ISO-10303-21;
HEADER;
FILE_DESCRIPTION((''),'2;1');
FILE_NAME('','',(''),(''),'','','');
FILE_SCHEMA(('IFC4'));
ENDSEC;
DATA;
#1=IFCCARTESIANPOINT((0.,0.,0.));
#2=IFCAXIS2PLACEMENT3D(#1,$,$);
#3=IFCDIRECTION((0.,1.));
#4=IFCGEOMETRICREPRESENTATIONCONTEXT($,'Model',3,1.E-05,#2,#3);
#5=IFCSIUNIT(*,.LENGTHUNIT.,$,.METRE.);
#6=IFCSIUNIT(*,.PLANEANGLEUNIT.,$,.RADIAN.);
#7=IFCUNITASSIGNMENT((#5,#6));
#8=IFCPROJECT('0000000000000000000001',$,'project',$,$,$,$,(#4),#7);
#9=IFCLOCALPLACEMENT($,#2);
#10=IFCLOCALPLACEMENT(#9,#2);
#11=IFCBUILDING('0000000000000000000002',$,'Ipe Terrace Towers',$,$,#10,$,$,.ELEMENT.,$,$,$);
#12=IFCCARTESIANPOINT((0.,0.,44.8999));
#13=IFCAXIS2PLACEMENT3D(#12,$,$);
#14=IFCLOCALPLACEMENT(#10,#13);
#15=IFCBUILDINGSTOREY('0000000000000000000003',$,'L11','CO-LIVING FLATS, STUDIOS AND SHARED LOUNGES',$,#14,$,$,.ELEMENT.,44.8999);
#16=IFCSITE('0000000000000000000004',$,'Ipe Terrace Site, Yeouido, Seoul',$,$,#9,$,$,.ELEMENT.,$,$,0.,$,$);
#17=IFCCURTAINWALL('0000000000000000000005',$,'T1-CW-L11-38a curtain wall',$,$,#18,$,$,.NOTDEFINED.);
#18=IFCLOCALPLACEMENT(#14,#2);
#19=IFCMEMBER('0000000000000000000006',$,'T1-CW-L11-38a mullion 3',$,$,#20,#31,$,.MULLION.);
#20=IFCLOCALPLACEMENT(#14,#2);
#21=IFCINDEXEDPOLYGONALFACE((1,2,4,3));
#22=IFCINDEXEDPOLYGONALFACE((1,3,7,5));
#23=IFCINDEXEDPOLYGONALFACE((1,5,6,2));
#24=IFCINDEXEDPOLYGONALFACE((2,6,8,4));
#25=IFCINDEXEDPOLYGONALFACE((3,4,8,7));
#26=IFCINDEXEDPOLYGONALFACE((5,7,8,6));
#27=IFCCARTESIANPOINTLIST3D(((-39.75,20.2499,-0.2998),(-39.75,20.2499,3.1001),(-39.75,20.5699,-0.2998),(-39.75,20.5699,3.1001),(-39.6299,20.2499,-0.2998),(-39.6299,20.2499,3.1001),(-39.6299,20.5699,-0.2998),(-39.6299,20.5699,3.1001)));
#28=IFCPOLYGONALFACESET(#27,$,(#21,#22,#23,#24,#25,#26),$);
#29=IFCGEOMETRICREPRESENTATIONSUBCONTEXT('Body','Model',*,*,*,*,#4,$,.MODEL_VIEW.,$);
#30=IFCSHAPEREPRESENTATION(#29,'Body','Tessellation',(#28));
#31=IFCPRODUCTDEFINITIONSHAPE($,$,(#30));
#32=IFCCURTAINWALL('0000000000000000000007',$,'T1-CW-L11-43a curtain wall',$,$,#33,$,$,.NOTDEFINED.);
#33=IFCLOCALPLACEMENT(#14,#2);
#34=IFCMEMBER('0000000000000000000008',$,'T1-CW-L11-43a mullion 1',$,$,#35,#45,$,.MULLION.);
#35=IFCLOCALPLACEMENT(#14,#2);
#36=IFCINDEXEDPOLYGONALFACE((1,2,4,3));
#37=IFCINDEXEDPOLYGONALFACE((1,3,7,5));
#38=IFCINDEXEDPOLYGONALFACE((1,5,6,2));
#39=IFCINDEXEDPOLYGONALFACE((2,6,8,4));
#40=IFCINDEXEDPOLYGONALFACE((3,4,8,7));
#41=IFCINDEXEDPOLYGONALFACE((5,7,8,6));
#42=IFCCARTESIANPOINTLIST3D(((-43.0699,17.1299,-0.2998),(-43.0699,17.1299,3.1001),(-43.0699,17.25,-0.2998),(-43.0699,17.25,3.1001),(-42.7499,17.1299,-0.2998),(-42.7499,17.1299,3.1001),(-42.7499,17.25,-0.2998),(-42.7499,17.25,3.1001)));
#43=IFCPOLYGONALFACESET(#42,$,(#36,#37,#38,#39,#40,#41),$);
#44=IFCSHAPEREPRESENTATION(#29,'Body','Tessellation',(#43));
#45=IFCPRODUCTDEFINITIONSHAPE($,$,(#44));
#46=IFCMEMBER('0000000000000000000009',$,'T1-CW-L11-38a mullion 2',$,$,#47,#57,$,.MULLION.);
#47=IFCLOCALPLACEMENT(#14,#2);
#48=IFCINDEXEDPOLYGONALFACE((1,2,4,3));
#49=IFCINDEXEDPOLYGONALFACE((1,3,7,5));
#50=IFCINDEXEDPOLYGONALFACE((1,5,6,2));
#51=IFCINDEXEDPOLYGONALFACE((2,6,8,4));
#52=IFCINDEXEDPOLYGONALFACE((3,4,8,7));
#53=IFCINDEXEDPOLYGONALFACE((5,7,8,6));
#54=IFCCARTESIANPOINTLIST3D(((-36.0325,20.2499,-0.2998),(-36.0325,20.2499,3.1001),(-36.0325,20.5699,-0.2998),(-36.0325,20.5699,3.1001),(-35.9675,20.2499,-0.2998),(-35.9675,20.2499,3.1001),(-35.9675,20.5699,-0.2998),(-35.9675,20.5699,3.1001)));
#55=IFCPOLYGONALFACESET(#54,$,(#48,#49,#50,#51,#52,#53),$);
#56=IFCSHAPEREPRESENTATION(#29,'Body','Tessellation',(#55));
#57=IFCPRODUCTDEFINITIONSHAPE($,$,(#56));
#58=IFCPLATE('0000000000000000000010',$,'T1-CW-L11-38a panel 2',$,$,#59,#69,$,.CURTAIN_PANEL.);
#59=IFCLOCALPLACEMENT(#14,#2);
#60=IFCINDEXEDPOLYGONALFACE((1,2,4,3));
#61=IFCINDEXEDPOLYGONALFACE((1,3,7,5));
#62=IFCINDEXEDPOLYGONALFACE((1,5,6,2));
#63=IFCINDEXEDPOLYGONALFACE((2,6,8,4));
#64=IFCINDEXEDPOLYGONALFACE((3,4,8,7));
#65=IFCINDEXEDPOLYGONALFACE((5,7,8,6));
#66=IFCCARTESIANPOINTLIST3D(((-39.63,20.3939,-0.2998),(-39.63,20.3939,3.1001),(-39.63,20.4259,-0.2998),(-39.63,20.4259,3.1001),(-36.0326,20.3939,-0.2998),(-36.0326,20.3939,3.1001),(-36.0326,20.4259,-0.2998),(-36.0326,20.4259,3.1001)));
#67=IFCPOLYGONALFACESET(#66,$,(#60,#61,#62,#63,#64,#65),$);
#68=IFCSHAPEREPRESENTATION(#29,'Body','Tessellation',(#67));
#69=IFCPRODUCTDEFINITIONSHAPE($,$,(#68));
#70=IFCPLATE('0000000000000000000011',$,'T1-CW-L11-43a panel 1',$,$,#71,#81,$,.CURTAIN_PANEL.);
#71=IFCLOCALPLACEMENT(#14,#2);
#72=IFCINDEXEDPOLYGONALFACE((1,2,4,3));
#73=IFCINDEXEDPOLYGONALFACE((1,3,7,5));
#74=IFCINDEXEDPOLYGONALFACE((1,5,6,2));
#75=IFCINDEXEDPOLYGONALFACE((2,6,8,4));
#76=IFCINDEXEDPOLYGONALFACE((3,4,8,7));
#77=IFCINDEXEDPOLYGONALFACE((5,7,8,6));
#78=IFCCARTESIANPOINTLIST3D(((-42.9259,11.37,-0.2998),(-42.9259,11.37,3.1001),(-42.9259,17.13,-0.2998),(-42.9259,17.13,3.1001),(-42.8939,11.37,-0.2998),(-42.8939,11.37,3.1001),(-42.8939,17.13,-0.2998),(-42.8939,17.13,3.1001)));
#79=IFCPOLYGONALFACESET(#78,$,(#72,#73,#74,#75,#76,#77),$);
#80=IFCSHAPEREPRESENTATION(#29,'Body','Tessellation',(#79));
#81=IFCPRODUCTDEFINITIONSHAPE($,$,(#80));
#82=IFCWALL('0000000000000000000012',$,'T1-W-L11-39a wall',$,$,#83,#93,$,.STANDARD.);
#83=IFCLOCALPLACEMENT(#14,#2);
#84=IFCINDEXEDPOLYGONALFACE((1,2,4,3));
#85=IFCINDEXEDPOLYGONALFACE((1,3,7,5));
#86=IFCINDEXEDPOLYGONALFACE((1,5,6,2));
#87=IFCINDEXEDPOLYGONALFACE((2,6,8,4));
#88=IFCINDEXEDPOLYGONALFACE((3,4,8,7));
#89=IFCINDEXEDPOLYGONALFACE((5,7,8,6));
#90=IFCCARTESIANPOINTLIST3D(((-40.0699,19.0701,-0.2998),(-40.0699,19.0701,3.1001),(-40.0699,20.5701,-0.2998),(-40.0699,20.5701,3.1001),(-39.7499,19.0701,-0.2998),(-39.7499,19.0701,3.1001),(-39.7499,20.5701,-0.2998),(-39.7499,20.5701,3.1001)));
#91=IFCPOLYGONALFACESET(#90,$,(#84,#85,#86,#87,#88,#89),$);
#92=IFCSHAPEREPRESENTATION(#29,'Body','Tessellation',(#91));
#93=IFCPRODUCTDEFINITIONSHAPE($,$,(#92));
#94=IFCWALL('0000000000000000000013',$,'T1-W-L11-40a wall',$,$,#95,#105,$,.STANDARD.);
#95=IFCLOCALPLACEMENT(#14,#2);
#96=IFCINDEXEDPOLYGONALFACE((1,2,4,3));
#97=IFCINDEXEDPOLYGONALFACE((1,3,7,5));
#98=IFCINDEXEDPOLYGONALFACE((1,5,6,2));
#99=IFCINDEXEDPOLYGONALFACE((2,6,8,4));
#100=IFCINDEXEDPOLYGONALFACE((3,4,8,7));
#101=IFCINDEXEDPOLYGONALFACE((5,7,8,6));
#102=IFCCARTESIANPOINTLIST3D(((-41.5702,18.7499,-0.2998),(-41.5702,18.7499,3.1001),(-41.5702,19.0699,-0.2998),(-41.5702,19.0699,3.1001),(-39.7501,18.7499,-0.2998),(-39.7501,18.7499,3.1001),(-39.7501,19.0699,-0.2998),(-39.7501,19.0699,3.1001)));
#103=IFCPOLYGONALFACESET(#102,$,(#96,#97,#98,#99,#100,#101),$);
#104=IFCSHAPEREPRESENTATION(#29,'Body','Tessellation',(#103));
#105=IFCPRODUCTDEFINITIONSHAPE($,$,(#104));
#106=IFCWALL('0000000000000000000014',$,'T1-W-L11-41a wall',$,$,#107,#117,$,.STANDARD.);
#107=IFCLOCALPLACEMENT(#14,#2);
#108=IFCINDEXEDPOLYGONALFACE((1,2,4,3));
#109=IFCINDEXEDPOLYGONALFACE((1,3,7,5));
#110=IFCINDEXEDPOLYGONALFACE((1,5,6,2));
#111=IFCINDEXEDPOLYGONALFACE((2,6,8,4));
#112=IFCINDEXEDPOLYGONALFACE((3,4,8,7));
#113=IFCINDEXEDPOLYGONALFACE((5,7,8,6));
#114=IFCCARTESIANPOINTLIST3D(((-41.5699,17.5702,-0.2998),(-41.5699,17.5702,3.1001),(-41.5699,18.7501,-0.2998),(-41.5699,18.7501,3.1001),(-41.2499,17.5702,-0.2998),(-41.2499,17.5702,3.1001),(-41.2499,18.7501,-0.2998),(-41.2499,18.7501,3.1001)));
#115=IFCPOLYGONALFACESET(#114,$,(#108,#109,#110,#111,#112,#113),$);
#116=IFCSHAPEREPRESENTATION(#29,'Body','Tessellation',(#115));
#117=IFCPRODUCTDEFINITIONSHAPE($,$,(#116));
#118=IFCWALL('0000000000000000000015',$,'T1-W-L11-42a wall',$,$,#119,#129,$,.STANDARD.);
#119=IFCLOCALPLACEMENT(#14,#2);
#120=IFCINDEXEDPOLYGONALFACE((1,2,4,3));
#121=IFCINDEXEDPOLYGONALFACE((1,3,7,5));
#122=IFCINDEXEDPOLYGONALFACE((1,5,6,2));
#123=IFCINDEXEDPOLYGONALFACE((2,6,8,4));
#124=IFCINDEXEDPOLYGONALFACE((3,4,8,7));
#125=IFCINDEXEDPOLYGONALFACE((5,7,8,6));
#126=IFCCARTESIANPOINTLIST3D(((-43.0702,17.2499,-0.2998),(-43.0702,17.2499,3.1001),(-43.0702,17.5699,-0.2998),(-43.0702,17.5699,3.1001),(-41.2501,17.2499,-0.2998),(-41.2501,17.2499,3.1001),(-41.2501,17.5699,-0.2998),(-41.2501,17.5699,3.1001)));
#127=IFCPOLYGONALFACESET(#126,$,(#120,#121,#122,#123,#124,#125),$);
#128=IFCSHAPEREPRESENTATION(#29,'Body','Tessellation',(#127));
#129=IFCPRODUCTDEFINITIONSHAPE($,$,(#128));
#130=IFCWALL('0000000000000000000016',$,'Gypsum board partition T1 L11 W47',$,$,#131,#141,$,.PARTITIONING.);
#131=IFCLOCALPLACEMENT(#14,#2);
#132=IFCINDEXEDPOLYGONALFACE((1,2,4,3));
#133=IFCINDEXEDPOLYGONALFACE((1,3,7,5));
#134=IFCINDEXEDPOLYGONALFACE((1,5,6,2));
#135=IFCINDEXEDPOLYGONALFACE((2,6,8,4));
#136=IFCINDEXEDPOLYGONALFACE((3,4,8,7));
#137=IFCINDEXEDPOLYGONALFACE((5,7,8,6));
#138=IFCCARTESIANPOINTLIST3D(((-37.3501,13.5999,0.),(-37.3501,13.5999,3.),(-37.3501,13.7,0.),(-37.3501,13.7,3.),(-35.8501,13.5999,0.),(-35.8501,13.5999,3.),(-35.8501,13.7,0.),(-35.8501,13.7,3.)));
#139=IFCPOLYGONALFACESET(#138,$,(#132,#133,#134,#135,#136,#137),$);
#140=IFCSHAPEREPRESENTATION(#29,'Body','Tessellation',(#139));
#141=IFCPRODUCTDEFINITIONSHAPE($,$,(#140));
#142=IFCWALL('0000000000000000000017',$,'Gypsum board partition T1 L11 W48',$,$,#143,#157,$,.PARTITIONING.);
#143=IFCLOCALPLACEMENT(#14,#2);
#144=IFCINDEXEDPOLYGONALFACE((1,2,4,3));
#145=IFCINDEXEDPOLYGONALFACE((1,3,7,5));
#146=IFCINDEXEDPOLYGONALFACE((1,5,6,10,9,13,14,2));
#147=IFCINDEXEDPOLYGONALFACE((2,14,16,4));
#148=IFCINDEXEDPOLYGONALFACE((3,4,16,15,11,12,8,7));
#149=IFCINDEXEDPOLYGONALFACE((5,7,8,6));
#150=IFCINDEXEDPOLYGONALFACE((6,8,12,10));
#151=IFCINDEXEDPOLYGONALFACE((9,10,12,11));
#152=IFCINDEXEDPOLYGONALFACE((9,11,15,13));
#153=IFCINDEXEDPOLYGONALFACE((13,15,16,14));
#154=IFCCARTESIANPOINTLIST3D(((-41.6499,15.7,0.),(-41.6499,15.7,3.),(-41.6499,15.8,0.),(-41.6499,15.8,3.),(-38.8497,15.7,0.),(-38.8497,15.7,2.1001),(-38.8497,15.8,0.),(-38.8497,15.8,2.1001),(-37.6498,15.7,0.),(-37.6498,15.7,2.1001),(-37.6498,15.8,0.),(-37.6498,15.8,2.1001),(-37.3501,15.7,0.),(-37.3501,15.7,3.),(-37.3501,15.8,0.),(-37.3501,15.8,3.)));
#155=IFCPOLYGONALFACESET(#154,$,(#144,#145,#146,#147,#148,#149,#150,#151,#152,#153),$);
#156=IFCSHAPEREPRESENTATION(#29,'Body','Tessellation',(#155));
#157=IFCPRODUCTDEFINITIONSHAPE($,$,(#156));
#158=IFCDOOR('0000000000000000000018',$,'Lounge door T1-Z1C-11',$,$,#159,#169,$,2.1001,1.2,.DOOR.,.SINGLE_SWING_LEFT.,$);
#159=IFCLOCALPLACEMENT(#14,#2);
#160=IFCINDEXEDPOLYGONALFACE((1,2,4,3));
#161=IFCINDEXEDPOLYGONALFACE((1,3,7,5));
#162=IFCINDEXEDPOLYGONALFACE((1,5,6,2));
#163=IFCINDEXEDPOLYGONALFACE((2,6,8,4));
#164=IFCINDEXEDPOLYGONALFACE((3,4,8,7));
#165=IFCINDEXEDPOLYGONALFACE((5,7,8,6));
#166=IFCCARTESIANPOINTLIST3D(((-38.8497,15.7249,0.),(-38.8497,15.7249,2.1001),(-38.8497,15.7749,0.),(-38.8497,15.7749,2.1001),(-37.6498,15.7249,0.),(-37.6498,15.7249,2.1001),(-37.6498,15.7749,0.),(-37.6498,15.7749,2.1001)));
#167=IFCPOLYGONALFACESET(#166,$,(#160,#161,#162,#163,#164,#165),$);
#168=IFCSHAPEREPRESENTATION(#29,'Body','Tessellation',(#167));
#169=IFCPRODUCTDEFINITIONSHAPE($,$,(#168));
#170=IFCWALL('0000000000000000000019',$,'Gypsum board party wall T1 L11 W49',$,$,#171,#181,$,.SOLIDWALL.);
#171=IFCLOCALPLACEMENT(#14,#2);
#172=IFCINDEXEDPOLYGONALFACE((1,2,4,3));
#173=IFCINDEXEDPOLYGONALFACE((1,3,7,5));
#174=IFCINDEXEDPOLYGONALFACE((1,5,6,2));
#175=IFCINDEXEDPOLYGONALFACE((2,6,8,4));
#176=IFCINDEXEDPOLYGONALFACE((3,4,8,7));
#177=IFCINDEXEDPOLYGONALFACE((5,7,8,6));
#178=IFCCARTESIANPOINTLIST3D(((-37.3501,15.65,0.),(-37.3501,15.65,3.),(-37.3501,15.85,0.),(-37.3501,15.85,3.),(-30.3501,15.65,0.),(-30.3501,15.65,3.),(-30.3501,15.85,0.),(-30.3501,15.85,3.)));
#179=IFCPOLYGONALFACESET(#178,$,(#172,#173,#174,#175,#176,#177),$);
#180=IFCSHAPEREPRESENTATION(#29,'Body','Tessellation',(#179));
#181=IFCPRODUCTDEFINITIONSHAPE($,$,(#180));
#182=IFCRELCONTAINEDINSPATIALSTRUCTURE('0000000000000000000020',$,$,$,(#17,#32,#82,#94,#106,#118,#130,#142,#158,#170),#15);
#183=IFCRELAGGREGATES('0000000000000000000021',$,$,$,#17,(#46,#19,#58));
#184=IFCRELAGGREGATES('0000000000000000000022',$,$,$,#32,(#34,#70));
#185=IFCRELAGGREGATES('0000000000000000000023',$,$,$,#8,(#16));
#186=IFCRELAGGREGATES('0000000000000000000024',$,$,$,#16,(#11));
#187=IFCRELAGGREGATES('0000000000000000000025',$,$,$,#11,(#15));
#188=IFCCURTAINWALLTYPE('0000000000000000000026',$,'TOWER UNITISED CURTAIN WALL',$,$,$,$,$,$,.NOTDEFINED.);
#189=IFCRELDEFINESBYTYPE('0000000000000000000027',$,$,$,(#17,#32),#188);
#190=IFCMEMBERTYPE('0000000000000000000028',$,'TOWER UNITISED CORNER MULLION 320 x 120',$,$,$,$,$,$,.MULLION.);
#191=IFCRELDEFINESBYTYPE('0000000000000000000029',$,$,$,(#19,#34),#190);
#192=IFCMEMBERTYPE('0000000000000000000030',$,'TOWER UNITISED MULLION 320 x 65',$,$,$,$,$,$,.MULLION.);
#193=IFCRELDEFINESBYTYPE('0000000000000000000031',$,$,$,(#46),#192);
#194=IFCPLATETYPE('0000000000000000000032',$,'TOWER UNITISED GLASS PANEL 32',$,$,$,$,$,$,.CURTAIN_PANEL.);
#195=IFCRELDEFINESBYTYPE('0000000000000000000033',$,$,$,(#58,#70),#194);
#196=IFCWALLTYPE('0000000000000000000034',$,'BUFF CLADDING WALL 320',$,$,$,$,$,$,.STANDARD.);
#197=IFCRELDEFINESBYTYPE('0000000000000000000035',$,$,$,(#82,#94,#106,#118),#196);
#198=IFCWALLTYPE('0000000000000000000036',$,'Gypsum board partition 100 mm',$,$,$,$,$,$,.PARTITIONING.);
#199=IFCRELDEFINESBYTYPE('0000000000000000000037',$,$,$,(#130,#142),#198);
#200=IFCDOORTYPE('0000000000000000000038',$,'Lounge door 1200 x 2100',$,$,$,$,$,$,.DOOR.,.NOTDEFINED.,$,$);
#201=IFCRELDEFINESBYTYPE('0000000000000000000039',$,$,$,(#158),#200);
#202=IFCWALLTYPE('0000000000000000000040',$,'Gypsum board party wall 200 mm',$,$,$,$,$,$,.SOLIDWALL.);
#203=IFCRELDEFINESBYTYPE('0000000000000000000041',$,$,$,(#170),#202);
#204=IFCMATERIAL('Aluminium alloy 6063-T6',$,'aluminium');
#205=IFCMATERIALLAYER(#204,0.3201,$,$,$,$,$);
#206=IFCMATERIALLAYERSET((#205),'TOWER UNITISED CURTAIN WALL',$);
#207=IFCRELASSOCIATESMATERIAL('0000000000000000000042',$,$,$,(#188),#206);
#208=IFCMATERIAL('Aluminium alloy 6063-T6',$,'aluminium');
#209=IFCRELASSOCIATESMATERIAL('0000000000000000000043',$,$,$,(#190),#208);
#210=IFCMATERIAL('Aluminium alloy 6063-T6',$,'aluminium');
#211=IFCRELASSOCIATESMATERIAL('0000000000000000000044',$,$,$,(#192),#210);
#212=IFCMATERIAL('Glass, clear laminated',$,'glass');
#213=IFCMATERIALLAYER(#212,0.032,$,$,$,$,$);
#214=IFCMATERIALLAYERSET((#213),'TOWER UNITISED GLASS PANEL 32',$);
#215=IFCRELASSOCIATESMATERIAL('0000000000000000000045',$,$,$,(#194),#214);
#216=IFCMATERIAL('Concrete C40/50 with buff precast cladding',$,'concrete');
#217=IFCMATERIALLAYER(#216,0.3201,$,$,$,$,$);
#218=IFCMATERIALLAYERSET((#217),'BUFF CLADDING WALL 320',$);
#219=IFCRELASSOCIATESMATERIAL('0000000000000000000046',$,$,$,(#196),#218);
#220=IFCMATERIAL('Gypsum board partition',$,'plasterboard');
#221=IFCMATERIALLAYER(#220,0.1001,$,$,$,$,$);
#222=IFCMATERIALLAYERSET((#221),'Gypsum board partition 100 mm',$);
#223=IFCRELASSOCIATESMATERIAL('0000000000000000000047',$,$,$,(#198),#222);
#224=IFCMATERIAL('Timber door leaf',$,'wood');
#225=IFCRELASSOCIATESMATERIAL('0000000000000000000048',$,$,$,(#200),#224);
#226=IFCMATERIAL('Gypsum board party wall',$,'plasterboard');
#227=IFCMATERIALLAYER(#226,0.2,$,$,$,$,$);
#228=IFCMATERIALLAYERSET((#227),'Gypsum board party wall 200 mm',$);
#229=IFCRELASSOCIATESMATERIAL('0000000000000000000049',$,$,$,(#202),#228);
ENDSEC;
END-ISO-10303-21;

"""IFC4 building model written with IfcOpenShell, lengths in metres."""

from ifc_helpers import new_model, si_unit, direction, frame, frame_2d, origin, origin_2d, place, context, subcontext, project, spatial, rectangle, extrude, material, layer, layer_set, material_profile, profile_set, type_object, element, fill, aggregate, save


model = new_model("IFC4")

# Units and contexts
model_context = context("Model", 3, precision=1e-05, world=origin(), true_north=direction((0.0, 1.0)))
body_context = subcontext(model_context, "Body", "Model", "MODEL_VIEW")
ifc_project = project(units=[si_unit("LENGTHUNIT", "METRE"), si_unit("PLANEANGLEUNIT", "RADIAN")], contexts=[model_context])

# Site, building, storey
site_placement = place(None, origin())
site = spatial("IfcSite", under=ifc_project, at=site_placement, Name="Ipe Terrace Site, Yeouido, Seoul", CompositionType="ELEMENT", RefElevation=0.0)
building_placement = place(site_placement, origin())
building = spatial("IfcBuilding", under=site, at=building_placement, Name="Ipe Terrace Towers", CompositionType="ELEMENT")
storey_placement = place(building_placement, frame((0.0, 0.0, 44.8999)))
storey = spatial("IfcBuildingStorey", under=building, at=storey_placement, Name="L11", Description="CO-LIVING FLATS, STUDIOS AND SHARED LOUNGES", CompositionType="ELEMENT", Elevation=44.8999)

# Curtain walls, members
ifc_material_1 = material(Name="Aluminium alloy 6063-T6", Category="aluminium")
ifc_layer_1 = layer(ifc_material_1, 0.3201)
ifc_layer_set_1 = layer_set([ifc_layer_1], Name="TOWER UNITISED CURTAIN WALL")
curtain_wall_type = type_object("IfcCurtainWallType", Name="TOWER UNITISED CURTAIN WALL", PredefinedType="NOTDEFINED", material=ifc_layer_set_1)
curtain_wall_1_placement = place(storey_placement, origin())
curtain_wall_1 = element("IfcCurtainWall", 1, at=curtain_wall_1_placement, inside=storey, type_object=curtain_wall_type, Name="T1-CW-L11-38a curtain wall", PredefinedType="NOTDEFINED")
ifc_material_2 = material(Name="Aluminium alloy 6063-T6", Category="aluminium")
ifc_material_profile_1 = material_profile(ifc_material_2, rectangle(XDim=0.3201, YDim=0.1201, at=origin_2d()), Name="TOWER UNITISED CORNER MULLION 320 x 120")
ifc_profile_set_1 = profile_set([ifc_material_profile_1], Name="Aluminium alloy 6063-T6")
member_type_1 = type_object("IfcMemberType", Name="TOWER UNITISED CORNER MULLION 320 x 120", PredefinedType="MULLION", material=ifc_profile_set_1)
member_1_placement = place(storey_placement, frame((-39.6899, 20.4099, -0.2998), z_axis=(0.0, 0.0, 1.0), x_axis=(0.0, 1.0, 0.0)))
member_1 = element("IfcMember", 2, at=member_1_placement, type_object=member_type_1, Name="T1-CW-L11-38a mullion 3", PredefinedType="MULLION", context=body_context, shape_type="SweptSolid", body=[
    extrude(rectangle(XDim=0.3201, YDim=0.1201, at=origin_2d()), origin(), (0.0, 0.0, 1.0), 3.3999),
])
curtain_wall_2_placement = place(storey_placement, origin())
curtain_wall_2 = element("IfcCurtainWall", 3, at=curtain_wall_2_placement, inside=storey, type_object=curtain_wall_type, Name="T1-CW-L11-43a curtain wall", PredefinedType="NOTDEFINED")
member_2_placement = place(storey_placement, frame((-42.9099, 17.1899, -0.2998), z_axis=(0.0, 0.0, 1.0), x_axis=(-1.0, 0.0, 0.0)))
member_2 = element("IfcMember", 4, at=member_2_placement, type_object=member_type_1, Name="T1-CW-L11-43a mullion 1", PredefinedType="MULLION", context=body_context, shape_type="SweptSolid", body=[
    extrude(rectangle(XDim=0.3201, YDim=0.1201, at=origin_2d()), origin(), (0.0, 0.0, 1.0), 3.3999),
])

# Member
ifc_material_3 = material(Name="Aluminium alloy 6063-T6", Category="aluminium")
ifc_material_profile_2 = material_profile(ifc_material_3, rectangle(XDim=0.3201, YDim=0.0649, at=origin_2d()), Name="TOWER UNITISED MULLION 320 x 65")
ifc_profile_set_2 = profile_set([ifc_material_profile_2], Name="Aluminium alloy 6063-T6")
member_type_2 = type_object("IfcMemberType", Name="TOWER UNITISED MULLION 320 x 65", PredefinedType="MULLION", material=ifc_profile_set_2)
member_3_placement = place(storey_placement, frame((-36.0, 20.4099, -0.2998), z_axis=(0.0, 0.0, 1.0), x_axis=(0.0, 1.0, 0.0)))
member_3 = element("IfcMember", 5, at=member_3_placement, type_object=member_type_2, Name="T1-CW-L11-38a mullion 2", PredefinedType="MULLION", context=body_context, shape_type="SweptSolid", body=[
    extrude(rectangle(XDim=0.3201, YDim=0.0649, at=origin_2d()), origin(), (0.0, 0.0, 1.0), 3.3999),
])

# Plates
ifc_material_4 = material(Name="Glass, clear laminated", Category="glass")
ifc_layer_2 = layer(ifc_material_4, 0.032)
ifc_layer_set_2 = layer_set([ifc_layer_2], Name="TOWER UNITISED GLASS PANEL 32")
plate_type = type_object("IfcPlateType", Name="TOWER UNITISED GLASS PANEL 32", PredefinedType="CURTAIN_PANEL", material=ifc_layer_set_2)
plate_1_placement = place(storey_placement, frame((-37.8313, 20.4099, -0.2998), z_axis=(0.0, 0.0, 1.0), x_axis=(-1.0, 0.0, 0.0)))
plate_1 = element("IfcPlate", 6, at=plate_1_placement, type_object=plate_type, Name="T1-CW-L11-38a panel 2", PredefinedType="CURTAIN_PANEL", context=body_context, shape_type="SweptSolid", body=[
    extrude(rectangle(XDim=3.5974, YDim=0.032, at=origin_2d()), origin(), (0.0, 0.0, 1.0), 3.3999),
])
aggregate(curtain_wall_1, [member_3, member_1, plate_1])
plate_2_placement = place(storey_placement, frame((-42.9099, 14.25, -0.2998), z_axis=(0.0, 0.0, 1.0), x_axis=(0.0, -1.0, 0.0)))
plate_2 = element("IfcPlate", 7, at=plate_2_placement, type_object=plate_type, Name="T1-CW-L11-43a panel 1", PredefinedType="CURTAIN_PANEL", context=body_context, shape_type="SweptSolid", body=[
    extrude(rectangle(XDim=5.76, YDim=0.032, at=origin_2d()), origin(), (0.0, 0.0, 1.0), 3.3999),
])
aggregate(curtain_wall_2, [member_2, plate_2])

# Walls
ifc_material_5 = material(Name="Concrete C40/50 with buff precast cladding", Category="concrete")
ifc_layer_3 = layer(ifc_material_5, 0.3201)
ifc_layer_set_3 = layer_set([ifc_layer_3], Name="BUFF CLADDING WALL 320")
wall_type_1 = type_object("IfcWallType", Name="BUFF CLADDING WALL 320", PredefinedType="STANDARD", material=ifc_layer_set_3)
wall_1_placement = place(storey_placement, frame((-39.9099, 20.5701, -0.2998), z_axis=(0.0, 0.0, 1.0), x_axis=(0.0, -1.0, 0.0)))
element("IfcWall", 8, at=wall_1_placement, inside=storey, type_object=wall_type_1, Name="T1-W-L11-39a wall", PredefinedType="STANDARD", context=body_context, shape_type="SweptSolid", body=[
    extrude(rectangle(XDim=1.5, YDim=0.3201, at=frame_2d((0.75, 0.0))), origin(), (0.0, 0.0, 1.0), 3.3999),
])
wall_2_placement = place(storey_placement, frame((-39.75, 18.9099, -0.2998), z_axis=(0.0, 0.0, 1.0), x_axis=(-1.0, 0.0, 0.0)))
element("IfcWall", 9, at=wall_2_placement, inside=storey, type_object=wall_type_1, Name="T1-W-L11-40a wall", PredefinedType="STANDARD", context=body_context, shape_type="SweptSolid", body=[
    extrude(rectangle(XDim=1.8201, YDim=0.3201, at=frame_2d((0.9102, 0.0))), origin(), (0.0, 0.0, 1.0), 3.3999),
])
wall_3_placement = place(storey_placement, frame((-41.4099, 18.75, -0.2998), z_axis=(0.0, 0.0, 1.0), x_axis=(0.0, -1.0, 0.0)))
element("IfcWall", 10, at=wall_3_placement, inside=storey, type_object=wall_type_1, Name="T1-W-L11-41a wall", PredefinedType="STANDARD", context=body_context, shape_type="SweptSolid", body=[
    extrude(rectangle(XDim=1.1799, YDim=0.3201, at=frame_2d((0.5898, 0.0))), origin(), (0.0, 0.0, 1.0), 3.3999),
])
wall_4_placement = place(storey_placement, frame((-41.25, 17.4099, -0.2998), z_axis=(0.0, 0.0, 1.0), x_axis=(-1.0, 0.0, 0.0)))
element("IfcWall", 11, at=wall_4_placement, inside=storey, type_object=wall_type_1, Name="T1-W-L11-42a wall", PredefinedType="STANDARD", context=body_context, shape_type="SweptSolid", body=[
    extrude(rectangle(XDim=1.8201, YDim=0.3201, at=frame_2d((0.9102, 0.0))), origin(), (0.0, 0.0, 1.0), 3.3999),
])
ifc_material_6 = material(Name="Gypsum board partition", Category="plasterboard")
ifc_layer_4 = layer(ifc_material_6, 0.1001)
ifc_layer_set_4 = layer_set([ifc_layer_4], Name="Gypsum board partition 100 mm")
wall_type_2 = type_object("IfcWallType", Name="Gypsum board partition 100 mm", PredefinedType="PARTITIONING", material=ifc_layer_set_4)
wall_5_placement = place(storey_placement, frame((-37.3501, 13.6499, 0.0), z_axis=(0.0, 0.0, 1.0), x_axis=(1.0, 0.0, 0.0)))
element("IfcWall", 12, at=wall_5_placement, inside=storey, type_object=wall_type_2, Name="Gypsum board partition T1 L11 W47", PredefinedType="PARTITIONING", context=body_context, shape_type="SweptSolid", body=[
    extrude(rectangle(XDim=1.5, YDim=0.1001, at=frame_2d((0.75, 0.0))), origin(), (0.0, 0.0, 1.0), 3.0),
])

# Wall, opening, door
wall_6_placement = place(storey_placement, frame((-41.6499, 15.75, 0.0), z_axis=(0.0, 0.0, 1.0), x_axis=(1.0, 0.0, 0.0)))
wall_6 = element("IfcWall", 13, at=wall_6_placement, inside=storey, type_object=wall_type_2, Name="Gypsum board partition T1 L11 W48", PredefinedType="PARTITIONING", context=body_context, shape_type="SweptSolid", body=[
    extrude(rectangle(XDim=4.2998, YDim=0.1001, at=frame_2d((2.1499, 0.0))), origin(), (0.0, 0.0, 1.0), 3.0),
])
opening_placement = place(wall_6_placement, frame((2.8, 0.0, 0.0)))
opening = element("IfcOpeningElement", 14, at=opening_placement, cuts=wall_6, PredefinedType="OPENING", context=body_context, shape_type="SweptSolid", body=[
    extrude(rectangle(XDim=1.2, YDim=2.1001, at=frame_2d((0.6001, 1.05))), frame((0.0, 0.0601, 0.0), z_axis=(0.0, -1.0, 0.0), x_axis=(1.0, 0.0, 0.0)), (0.0, 0.0, 1.0), 0.1201),
])
ifc_material_7 = material(Name="Timber door leaf", Category="wood")
door_type = type_object("IfcDoorType", Name="Lounge door 1200 x 2100", OperationType="NOTDEFINED", PredefinedType="DOOR", material=ifc_material_7)
door_placement = place(opening_placement, origin())
door = element("IfcDoor", 15, at=door_placement, inside=storey, type_object=door_type, Name="Lounge door T1-Z1C-11", OperationType="SINGLE_SWING_LEFT", OverallHeight=2.1001, OverallWidth=1.2, PredefinedType="DOOR", context=body_context, shape_type="SweptSolid", body=[
    extrude(rectangle(XDim=1.2, YDim=2.1001, at=frame_2d((0.6001, 1.05))), frame((0.0, 0.0249, 0.0), z_axis=(0.0, -1.0, 0.0), x_axis=(1.0, 0.0, 0.0)), (0.0, 0.0, 1.0), 0.05),
])
fill(opening, door)

# Wall
ifc_material_8 = material(Name="Gypsum board party wall", Category="plasterboard")
ifc_layer_5 = layer(ifc_material_8, 0.2)
ifc_layer_set_5 = layer_set([ifc_layer_5], Name="Gypsum board party wall 200 mm")
wall_type_3 = type_object("IfcWallType", Name="Gypsum board party wall 200 mm", PredefinedType="SOLIDWALL", material=ifc_layer_set_5)
wall_7_placement = place(storey_placement, frame((-37.3501, 15.75, 0.0), z_axis=(0.0, 0.0, 1.0), x_axis=(1.0, 0.0, 0.0)))
element("IfcWall", 16, at=wall_7_placement, inside=storey, type_object=wall_type_3, Name="Gypsum board party wall T1 L11 W49", PredefinedType="SOLIDWALL", context=body_context, shape_type="SweptSolid", body=[
    extrude(rectangle(XDim=7.0, YDim=0.2, at=frame_2d((3.5, 0.0))), origin(), (0.0, 0.0, 1.0), 3.0),
])

save(model, "model.ifc")
